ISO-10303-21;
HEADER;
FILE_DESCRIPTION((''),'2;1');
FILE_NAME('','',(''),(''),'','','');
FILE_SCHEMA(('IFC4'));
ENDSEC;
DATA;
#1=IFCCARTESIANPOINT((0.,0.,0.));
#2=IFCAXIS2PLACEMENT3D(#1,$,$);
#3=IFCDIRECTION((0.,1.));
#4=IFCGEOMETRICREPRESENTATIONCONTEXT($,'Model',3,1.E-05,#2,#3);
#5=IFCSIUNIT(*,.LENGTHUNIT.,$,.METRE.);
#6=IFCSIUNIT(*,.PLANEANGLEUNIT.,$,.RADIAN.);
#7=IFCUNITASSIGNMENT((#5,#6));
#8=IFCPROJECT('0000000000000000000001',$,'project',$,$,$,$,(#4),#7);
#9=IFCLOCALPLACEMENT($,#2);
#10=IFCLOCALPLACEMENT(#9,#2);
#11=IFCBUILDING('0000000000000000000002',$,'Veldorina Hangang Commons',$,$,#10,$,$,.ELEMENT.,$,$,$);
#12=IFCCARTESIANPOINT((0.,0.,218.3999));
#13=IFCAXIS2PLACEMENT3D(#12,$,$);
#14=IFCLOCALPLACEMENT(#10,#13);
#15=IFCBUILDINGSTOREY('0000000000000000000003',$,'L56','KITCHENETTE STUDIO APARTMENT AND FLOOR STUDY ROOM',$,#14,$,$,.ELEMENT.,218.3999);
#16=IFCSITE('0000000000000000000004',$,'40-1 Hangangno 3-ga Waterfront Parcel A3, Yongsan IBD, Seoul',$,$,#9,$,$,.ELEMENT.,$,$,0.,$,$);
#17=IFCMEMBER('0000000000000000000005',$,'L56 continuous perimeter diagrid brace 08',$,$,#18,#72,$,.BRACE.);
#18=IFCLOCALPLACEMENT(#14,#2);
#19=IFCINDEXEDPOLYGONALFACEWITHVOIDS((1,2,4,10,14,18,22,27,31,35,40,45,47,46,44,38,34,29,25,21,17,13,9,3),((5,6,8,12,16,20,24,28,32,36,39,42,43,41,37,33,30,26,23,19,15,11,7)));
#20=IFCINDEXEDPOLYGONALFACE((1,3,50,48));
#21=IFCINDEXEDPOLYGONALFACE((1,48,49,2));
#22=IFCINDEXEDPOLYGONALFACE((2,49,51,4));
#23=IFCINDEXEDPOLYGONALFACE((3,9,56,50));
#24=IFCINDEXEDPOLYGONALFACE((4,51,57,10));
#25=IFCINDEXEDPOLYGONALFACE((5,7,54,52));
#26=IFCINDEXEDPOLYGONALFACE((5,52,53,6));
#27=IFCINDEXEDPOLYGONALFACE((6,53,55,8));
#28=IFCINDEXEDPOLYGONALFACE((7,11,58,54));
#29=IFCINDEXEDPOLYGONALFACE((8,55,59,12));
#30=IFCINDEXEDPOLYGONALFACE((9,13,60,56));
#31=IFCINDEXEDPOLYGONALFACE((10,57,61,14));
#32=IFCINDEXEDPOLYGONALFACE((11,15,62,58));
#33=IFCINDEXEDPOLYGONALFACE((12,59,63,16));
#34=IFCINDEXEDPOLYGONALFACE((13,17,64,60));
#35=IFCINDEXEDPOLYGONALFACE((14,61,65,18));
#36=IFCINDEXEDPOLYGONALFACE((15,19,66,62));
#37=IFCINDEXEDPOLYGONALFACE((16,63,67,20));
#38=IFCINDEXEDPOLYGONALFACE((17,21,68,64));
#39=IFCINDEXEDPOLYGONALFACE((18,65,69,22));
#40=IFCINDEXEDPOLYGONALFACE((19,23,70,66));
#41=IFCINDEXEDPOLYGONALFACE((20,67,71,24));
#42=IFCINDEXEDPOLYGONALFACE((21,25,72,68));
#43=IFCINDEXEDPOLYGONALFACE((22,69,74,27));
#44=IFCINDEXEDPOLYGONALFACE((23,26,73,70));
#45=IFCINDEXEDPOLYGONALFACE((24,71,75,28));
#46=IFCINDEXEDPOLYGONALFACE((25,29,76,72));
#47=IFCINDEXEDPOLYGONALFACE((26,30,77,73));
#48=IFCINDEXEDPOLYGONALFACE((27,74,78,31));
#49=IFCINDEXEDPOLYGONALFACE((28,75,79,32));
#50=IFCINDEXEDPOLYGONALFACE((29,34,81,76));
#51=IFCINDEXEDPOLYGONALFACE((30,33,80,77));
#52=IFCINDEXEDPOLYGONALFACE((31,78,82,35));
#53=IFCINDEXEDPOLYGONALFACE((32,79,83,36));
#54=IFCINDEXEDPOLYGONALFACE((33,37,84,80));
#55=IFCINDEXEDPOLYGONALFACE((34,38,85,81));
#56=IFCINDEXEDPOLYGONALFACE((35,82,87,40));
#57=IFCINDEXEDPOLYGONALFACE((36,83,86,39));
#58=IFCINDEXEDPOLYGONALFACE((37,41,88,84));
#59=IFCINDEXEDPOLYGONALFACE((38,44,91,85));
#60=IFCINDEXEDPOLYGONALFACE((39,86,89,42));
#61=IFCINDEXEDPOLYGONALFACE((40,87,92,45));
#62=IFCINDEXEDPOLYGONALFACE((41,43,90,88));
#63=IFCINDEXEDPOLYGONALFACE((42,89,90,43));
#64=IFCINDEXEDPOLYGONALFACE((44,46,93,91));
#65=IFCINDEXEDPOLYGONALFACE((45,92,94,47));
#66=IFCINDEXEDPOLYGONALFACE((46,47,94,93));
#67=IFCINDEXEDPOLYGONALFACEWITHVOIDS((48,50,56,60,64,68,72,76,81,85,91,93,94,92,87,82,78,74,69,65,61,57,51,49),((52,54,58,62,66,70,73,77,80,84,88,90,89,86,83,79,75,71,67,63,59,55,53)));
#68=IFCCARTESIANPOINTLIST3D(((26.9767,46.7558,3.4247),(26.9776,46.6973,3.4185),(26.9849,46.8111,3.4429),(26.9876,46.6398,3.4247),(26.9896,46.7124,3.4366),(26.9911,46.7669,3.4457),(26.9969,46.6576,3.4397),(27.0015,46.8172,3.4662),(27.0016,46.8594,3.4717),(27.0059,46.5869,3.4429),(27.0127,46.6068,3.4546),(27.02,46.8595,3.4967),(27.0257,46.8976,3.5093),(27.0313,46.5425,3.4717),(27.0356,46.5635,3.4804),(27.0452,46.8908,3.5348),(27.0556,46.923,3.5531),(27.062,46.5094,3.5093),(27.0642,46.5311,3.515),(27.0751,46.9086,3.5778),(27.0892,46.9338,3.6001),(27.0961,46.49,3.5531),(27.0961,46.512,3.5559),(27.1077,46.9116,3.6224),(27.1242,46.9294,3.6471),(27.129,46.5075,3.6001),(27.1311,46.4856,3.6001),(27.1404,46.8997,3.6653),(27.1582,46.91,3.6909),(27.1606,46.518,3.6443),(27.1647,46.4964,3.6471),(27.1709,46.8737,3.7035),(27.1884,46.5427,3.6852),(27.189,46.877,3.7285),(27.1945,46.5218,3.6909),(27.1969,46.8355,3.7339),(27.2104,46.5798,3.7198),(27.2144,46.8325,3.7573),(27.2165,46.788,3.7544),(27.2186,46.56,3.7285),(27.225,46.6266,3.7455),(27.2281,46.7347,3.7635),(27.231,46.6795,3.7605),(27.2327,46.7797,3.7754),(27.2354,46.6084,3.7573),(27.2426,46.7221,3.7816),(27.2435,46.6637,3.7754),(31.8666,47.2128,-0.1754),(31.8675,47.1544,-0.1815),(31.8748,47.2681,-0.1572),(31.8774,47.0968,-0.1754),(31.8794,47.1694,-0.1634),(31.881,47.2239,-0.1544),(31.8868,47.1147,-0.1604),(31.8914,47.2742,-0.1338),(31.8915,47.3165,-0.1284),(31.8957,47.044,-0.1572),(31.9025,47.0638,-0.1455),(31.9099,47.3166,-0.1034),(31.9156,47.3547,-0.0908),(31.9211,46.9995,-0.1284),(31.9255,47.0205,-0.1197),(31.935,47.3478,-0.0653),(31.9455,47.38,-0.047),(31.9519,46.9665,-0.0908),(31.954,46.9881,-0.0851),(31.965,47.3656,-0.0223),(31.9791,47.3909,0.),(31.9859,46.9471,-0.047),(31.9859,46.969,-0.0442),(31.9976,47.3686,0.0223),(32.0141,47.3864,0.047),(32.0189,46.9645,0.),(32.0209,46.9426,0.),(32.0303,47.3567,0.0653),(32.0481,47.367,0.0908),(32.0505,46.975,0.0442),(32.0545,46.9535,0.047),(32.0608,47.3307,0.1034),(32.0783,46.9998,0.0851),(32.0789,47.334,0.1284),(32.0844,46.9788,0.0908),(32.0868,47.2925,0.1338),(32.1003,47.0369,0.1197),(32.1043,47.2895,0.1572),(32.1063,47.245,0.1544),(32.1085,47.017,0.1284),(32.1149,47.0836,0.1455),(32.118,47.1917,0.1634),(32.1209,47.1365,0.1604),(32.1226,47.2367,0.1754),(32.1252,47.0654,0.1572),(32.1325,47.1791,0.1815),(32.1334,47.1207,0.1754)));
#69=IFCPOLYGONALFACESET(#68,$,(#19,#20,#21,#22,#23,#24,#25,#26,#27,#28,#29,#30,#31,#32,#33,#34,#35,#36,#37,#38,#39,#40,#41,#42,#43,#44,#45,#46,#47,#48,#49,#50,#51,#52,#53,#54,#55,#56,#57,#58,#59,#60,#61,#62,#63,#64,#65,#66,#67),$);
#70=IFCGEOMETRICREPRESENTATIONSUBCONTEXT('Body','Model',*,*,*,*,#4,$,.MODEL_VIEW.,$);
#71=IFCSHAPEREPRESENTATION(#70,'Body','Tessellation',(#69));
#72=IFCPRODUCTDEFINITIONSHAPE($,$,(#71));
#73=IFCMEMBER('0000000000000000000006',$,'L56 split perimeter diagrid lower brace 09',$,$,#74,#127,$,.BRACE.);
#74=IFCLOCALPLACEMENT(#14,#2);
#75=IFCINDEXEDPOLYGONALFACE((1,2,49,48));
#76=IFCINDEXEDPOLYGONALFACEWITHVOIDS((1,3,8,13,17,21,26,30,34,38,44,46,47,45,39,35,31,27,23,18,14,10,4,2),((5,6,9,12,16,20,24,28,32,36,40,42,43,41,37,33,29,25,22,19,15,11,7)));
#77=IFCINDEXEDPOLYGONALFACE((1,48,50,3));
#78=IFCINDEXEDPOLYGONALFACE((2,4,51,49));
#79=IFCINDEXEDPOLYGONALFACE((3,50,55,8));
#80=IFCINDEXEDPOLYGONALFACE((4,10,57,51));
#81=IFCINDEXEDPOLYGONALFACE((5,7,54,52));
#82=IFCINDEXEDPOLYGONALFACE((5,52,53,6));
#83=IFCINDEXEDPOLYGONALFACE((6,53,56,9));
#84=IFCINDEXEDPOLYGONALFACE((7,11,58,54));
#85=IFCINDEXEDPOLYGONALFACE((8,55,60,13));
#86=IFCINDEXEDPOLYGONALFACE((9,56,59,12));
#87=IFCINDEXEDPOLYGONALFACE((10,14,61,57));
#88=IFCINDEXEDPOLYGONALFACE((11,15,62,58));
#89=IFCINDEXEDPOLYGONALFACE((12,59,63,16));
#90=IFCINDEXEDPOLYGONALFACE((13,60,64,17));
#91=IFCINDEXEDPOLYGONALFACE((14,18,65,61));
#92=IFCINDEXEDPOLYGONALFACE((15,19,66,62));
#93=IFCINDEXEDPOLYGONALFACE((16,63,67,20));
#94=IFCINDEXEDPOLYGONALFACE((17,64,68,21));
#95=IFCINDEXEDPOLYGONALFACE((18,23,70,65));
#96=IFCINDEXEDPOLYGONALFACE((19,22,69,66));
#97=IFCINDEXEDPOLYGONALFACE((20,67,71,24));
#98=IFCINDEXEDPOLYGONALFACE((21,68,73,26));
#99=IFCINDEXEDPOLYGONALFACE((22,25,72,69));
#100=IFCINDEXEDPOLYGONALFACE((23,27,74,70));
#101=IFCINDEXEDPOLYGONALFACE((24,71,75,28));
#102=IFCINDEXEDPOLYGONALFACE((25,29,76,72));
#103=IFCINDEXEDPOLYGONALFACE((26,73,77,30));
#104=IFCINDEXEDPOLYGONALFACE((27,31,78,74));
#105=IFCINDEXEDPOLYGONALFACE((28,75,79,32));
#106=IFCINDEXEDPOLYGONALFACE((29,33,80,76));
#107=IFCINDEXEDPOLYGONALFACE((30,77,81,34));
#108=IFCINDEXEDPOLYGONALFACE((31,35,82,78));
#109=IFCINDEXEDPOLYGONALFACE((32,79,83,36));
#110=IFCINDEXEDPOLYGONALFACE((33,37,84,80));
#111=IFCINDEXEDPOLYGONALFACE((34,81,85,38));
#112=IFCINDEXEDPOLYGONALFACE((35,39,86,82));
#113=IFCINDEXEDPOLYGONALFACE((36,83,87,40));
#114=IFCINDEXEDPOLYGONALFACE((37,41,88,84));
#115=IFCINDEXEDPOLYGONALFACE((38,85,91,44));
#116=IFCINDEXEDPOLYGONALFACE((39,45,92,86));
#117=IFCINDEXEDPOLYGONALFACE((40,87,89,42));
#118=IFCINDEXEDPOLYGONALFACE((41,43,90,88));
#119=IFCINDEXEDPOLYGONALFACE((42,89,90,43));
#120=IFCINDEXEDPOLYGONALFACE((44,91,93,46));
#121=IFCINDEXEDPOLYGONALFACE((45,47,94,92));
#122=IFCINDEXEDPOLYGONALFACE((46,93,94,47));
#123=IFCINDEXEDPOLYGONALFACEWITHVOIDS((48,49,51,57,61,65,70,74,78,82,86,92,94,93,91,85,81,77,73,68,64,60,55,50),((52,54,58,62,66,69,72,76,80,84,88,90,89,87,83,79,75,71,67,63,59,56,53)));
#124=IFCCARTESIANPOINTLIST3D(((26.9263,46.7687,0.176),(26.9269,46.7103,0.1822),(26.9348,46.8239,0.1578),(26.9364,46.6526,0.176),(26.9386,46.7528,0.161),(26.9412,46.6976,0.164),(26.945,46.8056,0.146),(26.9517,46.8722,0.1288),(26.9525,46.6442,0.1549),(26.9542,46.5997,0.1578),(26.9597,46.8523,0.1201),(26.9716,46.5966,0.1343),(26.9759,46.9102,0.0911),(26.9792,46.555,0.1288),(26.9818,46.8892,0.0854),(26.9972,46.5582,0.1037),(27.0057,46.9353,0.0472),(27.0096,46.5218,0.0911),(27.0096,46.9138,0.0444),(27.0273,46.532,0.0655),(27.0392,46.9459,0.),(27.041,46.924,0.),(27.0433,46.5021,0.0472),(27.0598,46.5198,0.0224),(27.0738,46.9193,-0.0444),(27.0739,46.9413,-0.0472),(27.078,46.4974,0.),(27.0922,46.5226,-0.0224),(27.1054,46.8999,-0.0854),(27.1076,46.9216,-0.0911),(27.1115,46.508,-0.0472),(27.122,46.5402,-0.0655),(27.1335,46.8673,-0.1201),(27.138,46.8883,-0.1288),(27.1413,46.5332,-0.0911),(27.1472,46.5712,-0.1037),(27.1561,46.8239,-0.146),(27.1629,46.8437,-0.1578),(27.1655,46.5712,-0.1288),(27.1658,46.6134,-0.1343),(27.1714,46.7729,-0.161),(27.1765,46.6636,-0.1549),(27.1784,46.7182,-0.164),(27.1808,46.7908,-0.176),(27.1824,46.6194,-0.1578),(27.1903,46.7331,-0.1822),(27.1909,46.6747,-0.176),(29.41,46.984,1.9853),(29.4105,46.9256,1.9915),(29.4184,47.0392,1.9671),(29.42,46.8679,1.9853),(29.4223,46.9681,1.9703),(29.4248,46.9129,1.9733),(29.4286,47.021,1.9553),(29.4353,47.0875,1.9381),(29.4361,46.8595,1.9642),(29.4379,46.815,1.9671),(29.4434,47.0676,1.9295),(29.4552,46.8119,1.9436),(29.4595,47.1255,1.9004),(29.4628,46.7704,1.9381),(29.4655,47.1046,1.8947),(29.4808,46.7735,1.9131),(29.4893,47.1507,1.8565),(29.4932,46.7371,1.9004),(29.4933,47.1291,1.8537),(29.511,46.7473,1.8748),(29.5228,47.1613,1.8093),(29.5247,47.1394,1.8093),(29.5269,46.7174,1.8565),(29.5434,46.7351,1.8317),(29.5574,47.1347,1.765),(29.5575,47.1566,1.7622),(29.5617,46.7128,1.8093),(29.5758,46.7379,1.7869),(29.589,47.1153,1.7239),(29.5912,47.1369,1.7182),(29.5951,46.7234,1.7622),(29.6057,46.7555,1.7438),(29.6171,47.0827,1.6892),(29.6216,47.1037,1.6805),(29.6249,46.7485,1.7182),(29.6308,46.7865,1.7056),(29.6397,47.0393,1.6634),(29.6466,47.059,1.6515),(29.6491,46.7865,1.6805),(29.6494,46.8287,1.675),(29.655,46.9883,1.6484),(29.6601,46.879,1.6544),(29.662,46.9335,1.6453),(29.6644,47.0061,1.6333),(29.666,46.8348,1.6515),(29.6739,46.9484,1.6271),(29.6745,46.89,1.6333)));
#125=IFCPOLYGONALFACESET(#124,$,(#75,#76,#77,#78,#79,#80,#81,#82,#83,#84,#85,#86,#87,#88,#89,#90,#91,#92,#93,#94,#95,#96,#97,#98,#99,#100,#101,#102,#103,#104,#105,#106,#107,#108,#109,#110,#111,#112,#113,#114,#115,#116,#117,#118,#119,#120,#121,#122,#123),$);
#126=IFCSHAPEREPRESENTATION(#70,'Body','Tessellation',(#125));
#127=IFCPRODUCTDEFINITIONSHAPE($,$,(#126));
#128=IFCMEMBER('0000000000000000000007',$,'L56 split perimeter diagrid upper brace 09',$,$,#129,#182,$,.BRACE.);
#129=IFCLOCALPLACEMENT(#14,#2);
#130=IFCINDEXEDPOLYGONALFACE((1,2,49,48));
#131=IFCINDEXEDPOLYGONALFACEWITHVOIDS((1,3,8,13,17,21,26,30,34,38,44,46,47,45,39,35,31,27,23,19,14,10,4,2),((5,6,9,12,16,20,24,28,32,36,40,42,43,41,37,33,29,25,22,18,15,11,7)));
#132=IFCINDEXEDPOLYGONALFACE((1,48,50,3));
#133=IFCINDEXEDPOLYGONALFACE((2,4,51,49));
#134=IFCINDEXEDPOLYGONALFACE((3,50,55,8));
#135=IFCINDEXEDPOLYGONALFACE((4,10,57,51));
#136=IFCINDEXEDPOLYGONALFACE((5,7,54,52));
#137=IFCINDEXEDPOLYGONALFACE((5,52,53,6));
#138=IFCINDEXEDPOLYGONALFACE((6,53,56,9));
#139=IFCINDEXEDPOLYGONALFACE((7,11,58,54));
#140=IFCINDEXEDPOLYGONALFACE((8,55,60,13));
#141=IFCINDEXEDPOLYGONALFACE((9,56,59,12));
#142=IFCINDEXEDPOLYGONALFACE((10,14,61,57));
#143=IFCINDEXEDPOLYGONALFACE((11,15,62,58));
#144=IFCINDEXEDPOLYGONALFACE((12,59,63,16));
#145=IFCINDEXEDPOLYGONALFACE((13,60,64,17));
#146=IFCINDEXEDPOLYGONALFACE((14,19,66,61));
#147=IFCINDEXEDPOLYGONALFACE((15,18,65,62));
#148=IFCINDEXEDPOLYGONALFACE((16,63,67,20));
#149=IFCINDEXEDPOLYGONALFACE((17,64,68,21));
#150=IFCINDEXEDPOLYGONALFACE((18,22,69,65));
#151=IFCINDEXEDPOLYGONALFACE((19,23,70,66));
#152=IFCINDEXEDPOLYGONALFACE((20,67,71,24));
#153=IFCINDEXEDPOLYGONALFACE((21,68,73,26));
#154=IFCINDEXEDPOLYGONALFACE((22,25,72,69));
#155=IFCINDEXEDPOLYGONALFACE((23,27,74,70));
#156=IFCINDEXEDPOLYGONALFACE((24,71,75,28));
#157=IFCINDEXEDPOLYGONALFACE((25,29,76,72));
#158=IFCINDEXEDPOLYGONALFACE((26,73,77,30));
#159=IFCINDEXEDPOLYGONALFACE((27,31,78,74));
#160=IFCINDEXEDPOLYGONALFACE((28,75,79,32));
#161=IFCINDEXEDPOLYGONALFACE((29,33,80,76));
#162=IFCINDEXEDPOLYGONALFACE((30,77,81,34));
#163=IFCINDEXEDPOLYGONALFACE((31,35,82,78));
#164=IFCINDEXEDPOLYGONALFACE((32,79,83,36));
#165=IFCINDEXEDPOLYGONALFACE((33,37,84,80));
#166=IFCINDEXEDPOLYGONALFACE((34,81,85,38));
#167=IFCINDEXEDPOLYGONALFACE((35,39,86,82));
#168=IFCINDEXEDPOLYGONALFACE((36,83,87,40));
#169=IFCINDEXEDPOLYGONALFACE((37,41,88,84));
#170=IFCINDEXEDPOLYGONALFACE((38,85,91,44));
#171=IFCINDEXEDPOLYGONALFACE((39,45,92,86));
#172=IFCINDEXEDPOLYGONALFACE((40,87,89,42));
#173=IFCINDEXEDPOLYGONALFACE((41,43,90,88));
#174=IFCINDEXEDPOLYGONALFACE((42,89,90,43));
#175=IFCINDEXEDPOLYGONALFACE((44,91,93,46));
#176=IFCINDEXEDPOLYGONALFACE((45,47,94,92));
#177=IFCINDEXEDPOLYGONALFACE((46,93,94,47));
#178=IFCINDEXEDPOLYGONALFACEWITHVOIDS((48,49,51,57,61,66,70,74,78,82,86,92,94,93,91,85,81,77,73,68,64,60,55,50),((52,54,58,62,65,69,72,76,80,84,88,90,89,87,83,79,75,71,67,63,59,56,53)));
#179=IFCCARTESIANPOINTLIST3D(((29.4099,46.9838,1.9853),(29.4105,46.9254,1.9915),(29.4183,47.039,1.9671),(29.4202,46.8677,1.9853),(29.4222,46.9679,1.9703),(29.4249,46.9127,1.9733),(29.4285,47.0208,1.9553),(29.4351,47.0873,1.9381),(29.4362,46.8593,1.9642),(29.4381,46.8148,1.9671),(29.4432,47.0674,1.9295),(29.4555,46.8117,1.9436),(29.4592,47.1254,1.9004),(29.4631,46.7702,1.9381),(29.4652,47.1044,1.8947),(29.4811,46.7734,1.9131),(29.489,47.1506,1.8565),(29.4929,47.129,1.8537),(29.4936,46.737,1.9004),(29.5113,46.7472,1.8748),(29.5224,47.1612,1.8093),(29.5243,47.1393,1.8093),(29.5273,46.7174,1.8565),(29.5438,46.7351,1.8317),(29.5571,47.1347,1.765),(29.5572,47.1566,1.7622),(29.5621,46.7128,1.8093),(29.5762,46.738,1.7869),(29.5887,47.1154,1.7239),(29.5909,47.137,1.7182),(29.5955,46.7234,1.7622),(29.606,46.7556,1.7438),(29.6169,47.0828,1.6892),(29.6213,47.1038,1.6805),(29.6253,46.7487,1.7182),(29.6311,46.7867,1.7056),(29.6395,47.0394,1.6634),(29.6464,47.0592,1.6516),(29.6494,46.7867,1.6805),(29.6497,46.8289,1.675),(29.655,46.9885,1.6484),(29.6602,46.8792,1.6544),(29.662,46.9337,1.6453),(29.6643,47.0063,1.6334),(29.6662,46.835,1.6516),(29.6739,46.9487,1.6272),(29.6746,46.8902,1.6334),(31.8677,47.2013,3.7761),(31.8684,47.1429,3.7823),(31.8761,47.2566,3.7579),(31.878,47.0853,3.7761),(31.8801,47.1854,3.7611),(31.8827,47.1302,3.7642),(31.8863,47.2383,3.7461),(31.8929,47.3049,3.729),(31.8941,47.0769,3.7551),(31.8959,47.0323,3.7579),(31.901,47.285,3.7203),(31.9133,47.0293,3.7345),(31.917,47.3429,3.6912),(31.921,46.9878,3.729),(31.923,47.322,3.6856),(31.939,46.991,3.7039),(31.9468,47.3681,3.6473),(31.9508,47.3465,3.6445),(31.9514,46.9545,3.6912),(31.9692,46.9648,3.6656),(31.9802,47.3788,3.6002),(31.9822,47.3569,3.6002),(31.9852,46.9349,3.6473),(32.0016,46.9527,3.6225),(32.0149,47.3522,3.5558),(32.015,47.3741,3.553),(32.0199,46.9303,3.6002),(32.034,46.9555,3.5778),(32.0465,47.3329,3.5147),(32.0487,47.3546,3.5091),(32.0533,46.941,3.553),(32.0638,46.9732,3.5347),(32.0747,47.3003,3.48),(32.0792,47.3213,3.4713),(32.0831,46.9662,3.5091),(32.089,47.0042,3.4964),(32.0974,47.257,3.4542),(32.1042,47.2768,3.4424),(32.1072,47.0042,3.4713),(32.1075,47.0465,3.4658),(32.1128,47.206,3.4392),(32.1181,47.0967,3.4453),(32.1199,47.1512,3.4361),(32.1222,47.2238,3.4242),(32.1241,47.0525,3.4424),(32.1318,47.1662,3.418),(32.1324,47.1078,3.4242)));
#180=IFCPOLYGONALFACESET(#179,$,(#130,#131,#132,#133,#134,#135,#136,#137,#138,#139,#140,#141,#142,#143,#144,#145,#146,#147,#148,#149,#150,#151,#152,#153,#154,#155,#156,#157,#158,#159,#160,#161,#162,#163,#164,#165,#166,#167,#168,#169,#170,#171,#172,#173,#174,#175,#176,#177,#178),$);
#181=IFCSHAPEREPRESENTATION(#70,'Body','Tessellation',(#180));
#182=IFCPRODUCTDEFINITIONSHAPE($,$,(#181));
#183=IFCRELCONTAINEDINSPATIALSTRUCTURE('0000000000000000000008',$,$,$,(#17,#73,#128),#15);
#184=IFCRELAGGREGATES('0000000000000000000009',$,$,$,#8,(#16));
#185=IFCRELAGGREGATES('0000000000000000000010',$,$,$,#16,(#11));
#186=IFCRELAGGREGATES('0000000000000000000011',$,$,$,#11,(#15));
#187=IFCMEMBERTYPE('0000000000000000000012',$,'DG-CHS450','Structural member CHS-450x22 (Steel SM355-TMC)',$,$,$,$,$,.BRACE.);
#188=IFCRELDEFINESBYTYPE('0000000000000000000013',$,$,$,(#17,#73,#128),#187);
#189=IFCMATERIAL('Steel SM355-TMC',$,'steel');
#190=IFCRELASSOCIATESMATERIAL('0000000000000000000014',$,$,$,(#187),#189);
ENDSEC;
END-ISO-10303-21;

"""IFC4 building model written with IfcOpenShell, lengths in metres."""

from ifc_helpers import new_model, si_unit, direction, frame, origin, origin_2d, place, context, subcontext, project, spatial, hollow_circle, extrude, material, material_profile, profile_set, type_object, element, save


model = new_model("IFC4")

# Units and contexts
model_context = context("Model", 3, precision=1e-05, world=origin(), true_north=direction((0.0, 1.0)))
body_context = subcontext(model_context, "Body", "Model", "MODEL_VIEW")
ifc_project = project(units=[si_unit("LENGTHUNIT", "METRE"), si_unit("PLANEANGLEUNIT", "RADIAN")], contexts=[model_context])

# Site, building, storey
site_placement = place(None, origin())
site = spatial("IfcSite", under=ifc_project, at=site_placement, Name="40-1 Hangangno 3-ga Waterfront Parcel A3, Yongsan IBD, Seoul", CompositionType="ELEMENT", RefElevation=0.0)
building_placement = place(site_placement, origin())
building = spatial("IfcBuilding", under=site, at=building_placement, Name="Veldorina Hangang Commons", CompositionType="ELEMENT")
storey_placement = place(building_placement, frame((0.0, 0.0, 218.3999)))
storey = spatial("IfcBuildingStorey", under=building, at=storey_placement, Name="L56", Description="KITCHENETTE STUDIO APARTMENT AND FLOOR STUDY ROOM", CompositionType="ELEMENT", Elevation=218.3999)

# Shared definitions
ifc_material_1 = material(Name="Steel SM355-TMC", Category="steel")

# Members
ifc_material_profile_1 = material_profile(ifc_material_1, hollow_circle(Radius=0.2251, WallThickness=0.022, at=origin_2d()), Name="CHS-450x22")
ifc_profile_set_1 = profile_set([ifc_material_profile_1], Name="Steel SM355-TMC")
member_type_1 = type_object("IfcMemberType", Name="DG-CHS450", Description="Structural member CHS-450x22 (Steel SM355-TMC)", PredefinedType="BRACE", material=ifc_profile_set_1)
member_1_placement = place(storey_placement, frame((32.0, 47.1667, 0.0), z_axis=(-0.803019, -0.075054, 0.591209), x_axis=(0.093059, -0.995661, 0.0)))
element("IfcMember", 1, at=member_1_placement, inside=storey, type_object=member_type_1, Name="L56 continuous perimeter diagrid brace 08", PredefinedType="BRACE", context=body_context, shape_type="SweptSolid", body=[
    extrude(hollow_circle(Radius=0.2251, WallThickness=0.022, at=origin_2d()), origin(), (0.0, 0.0, 1.0), 6.0894),
])
member_2_placement = place(storey_placement, frame((27.0586, 46.7217, 0.0), z_axis=(0.806288, 0.069905, 0.587378), x_axis=(-0.086376, 0.996263, 0.0)))
element("IfcMember", 2, at=member_2_placement, inside=storey, type_object=member_type_1, Name="L56 split perimeter diagrid lower brace 09", PredefinedType="BRACE", context=body_context, shape_type="SweptSolid", body=[
    extrude(hollow_circle(Radius=0.2251, WallThickness=0.022, at=origin_2d()), origin(), (0.0, 0.0, 1.0), 3.0803),
])
member_3_placement = place(storey_placement, frame((29.5422, 46.937, 1.8093), z_axis=(0.806159, 0.071351, 0.587382), x_axis=(-0.088162, 0.996106, 0.0)))
element("IfcMember", 3, at=member_3_placement, inside=storey, type_object=member_type_1, Name="L56 split perimeter diagrid upper brace 09", PredefinedType="BRACE", context=body_context, shape_type="SweptSolid", body=[
    extrude(hollow_circle(Radius=0.2251, WallThickness=0.022, at=origin_2d()), origin(), (0.0, 0.0, 1.0), 3.0488),
])

save(model, "model.ifc")
